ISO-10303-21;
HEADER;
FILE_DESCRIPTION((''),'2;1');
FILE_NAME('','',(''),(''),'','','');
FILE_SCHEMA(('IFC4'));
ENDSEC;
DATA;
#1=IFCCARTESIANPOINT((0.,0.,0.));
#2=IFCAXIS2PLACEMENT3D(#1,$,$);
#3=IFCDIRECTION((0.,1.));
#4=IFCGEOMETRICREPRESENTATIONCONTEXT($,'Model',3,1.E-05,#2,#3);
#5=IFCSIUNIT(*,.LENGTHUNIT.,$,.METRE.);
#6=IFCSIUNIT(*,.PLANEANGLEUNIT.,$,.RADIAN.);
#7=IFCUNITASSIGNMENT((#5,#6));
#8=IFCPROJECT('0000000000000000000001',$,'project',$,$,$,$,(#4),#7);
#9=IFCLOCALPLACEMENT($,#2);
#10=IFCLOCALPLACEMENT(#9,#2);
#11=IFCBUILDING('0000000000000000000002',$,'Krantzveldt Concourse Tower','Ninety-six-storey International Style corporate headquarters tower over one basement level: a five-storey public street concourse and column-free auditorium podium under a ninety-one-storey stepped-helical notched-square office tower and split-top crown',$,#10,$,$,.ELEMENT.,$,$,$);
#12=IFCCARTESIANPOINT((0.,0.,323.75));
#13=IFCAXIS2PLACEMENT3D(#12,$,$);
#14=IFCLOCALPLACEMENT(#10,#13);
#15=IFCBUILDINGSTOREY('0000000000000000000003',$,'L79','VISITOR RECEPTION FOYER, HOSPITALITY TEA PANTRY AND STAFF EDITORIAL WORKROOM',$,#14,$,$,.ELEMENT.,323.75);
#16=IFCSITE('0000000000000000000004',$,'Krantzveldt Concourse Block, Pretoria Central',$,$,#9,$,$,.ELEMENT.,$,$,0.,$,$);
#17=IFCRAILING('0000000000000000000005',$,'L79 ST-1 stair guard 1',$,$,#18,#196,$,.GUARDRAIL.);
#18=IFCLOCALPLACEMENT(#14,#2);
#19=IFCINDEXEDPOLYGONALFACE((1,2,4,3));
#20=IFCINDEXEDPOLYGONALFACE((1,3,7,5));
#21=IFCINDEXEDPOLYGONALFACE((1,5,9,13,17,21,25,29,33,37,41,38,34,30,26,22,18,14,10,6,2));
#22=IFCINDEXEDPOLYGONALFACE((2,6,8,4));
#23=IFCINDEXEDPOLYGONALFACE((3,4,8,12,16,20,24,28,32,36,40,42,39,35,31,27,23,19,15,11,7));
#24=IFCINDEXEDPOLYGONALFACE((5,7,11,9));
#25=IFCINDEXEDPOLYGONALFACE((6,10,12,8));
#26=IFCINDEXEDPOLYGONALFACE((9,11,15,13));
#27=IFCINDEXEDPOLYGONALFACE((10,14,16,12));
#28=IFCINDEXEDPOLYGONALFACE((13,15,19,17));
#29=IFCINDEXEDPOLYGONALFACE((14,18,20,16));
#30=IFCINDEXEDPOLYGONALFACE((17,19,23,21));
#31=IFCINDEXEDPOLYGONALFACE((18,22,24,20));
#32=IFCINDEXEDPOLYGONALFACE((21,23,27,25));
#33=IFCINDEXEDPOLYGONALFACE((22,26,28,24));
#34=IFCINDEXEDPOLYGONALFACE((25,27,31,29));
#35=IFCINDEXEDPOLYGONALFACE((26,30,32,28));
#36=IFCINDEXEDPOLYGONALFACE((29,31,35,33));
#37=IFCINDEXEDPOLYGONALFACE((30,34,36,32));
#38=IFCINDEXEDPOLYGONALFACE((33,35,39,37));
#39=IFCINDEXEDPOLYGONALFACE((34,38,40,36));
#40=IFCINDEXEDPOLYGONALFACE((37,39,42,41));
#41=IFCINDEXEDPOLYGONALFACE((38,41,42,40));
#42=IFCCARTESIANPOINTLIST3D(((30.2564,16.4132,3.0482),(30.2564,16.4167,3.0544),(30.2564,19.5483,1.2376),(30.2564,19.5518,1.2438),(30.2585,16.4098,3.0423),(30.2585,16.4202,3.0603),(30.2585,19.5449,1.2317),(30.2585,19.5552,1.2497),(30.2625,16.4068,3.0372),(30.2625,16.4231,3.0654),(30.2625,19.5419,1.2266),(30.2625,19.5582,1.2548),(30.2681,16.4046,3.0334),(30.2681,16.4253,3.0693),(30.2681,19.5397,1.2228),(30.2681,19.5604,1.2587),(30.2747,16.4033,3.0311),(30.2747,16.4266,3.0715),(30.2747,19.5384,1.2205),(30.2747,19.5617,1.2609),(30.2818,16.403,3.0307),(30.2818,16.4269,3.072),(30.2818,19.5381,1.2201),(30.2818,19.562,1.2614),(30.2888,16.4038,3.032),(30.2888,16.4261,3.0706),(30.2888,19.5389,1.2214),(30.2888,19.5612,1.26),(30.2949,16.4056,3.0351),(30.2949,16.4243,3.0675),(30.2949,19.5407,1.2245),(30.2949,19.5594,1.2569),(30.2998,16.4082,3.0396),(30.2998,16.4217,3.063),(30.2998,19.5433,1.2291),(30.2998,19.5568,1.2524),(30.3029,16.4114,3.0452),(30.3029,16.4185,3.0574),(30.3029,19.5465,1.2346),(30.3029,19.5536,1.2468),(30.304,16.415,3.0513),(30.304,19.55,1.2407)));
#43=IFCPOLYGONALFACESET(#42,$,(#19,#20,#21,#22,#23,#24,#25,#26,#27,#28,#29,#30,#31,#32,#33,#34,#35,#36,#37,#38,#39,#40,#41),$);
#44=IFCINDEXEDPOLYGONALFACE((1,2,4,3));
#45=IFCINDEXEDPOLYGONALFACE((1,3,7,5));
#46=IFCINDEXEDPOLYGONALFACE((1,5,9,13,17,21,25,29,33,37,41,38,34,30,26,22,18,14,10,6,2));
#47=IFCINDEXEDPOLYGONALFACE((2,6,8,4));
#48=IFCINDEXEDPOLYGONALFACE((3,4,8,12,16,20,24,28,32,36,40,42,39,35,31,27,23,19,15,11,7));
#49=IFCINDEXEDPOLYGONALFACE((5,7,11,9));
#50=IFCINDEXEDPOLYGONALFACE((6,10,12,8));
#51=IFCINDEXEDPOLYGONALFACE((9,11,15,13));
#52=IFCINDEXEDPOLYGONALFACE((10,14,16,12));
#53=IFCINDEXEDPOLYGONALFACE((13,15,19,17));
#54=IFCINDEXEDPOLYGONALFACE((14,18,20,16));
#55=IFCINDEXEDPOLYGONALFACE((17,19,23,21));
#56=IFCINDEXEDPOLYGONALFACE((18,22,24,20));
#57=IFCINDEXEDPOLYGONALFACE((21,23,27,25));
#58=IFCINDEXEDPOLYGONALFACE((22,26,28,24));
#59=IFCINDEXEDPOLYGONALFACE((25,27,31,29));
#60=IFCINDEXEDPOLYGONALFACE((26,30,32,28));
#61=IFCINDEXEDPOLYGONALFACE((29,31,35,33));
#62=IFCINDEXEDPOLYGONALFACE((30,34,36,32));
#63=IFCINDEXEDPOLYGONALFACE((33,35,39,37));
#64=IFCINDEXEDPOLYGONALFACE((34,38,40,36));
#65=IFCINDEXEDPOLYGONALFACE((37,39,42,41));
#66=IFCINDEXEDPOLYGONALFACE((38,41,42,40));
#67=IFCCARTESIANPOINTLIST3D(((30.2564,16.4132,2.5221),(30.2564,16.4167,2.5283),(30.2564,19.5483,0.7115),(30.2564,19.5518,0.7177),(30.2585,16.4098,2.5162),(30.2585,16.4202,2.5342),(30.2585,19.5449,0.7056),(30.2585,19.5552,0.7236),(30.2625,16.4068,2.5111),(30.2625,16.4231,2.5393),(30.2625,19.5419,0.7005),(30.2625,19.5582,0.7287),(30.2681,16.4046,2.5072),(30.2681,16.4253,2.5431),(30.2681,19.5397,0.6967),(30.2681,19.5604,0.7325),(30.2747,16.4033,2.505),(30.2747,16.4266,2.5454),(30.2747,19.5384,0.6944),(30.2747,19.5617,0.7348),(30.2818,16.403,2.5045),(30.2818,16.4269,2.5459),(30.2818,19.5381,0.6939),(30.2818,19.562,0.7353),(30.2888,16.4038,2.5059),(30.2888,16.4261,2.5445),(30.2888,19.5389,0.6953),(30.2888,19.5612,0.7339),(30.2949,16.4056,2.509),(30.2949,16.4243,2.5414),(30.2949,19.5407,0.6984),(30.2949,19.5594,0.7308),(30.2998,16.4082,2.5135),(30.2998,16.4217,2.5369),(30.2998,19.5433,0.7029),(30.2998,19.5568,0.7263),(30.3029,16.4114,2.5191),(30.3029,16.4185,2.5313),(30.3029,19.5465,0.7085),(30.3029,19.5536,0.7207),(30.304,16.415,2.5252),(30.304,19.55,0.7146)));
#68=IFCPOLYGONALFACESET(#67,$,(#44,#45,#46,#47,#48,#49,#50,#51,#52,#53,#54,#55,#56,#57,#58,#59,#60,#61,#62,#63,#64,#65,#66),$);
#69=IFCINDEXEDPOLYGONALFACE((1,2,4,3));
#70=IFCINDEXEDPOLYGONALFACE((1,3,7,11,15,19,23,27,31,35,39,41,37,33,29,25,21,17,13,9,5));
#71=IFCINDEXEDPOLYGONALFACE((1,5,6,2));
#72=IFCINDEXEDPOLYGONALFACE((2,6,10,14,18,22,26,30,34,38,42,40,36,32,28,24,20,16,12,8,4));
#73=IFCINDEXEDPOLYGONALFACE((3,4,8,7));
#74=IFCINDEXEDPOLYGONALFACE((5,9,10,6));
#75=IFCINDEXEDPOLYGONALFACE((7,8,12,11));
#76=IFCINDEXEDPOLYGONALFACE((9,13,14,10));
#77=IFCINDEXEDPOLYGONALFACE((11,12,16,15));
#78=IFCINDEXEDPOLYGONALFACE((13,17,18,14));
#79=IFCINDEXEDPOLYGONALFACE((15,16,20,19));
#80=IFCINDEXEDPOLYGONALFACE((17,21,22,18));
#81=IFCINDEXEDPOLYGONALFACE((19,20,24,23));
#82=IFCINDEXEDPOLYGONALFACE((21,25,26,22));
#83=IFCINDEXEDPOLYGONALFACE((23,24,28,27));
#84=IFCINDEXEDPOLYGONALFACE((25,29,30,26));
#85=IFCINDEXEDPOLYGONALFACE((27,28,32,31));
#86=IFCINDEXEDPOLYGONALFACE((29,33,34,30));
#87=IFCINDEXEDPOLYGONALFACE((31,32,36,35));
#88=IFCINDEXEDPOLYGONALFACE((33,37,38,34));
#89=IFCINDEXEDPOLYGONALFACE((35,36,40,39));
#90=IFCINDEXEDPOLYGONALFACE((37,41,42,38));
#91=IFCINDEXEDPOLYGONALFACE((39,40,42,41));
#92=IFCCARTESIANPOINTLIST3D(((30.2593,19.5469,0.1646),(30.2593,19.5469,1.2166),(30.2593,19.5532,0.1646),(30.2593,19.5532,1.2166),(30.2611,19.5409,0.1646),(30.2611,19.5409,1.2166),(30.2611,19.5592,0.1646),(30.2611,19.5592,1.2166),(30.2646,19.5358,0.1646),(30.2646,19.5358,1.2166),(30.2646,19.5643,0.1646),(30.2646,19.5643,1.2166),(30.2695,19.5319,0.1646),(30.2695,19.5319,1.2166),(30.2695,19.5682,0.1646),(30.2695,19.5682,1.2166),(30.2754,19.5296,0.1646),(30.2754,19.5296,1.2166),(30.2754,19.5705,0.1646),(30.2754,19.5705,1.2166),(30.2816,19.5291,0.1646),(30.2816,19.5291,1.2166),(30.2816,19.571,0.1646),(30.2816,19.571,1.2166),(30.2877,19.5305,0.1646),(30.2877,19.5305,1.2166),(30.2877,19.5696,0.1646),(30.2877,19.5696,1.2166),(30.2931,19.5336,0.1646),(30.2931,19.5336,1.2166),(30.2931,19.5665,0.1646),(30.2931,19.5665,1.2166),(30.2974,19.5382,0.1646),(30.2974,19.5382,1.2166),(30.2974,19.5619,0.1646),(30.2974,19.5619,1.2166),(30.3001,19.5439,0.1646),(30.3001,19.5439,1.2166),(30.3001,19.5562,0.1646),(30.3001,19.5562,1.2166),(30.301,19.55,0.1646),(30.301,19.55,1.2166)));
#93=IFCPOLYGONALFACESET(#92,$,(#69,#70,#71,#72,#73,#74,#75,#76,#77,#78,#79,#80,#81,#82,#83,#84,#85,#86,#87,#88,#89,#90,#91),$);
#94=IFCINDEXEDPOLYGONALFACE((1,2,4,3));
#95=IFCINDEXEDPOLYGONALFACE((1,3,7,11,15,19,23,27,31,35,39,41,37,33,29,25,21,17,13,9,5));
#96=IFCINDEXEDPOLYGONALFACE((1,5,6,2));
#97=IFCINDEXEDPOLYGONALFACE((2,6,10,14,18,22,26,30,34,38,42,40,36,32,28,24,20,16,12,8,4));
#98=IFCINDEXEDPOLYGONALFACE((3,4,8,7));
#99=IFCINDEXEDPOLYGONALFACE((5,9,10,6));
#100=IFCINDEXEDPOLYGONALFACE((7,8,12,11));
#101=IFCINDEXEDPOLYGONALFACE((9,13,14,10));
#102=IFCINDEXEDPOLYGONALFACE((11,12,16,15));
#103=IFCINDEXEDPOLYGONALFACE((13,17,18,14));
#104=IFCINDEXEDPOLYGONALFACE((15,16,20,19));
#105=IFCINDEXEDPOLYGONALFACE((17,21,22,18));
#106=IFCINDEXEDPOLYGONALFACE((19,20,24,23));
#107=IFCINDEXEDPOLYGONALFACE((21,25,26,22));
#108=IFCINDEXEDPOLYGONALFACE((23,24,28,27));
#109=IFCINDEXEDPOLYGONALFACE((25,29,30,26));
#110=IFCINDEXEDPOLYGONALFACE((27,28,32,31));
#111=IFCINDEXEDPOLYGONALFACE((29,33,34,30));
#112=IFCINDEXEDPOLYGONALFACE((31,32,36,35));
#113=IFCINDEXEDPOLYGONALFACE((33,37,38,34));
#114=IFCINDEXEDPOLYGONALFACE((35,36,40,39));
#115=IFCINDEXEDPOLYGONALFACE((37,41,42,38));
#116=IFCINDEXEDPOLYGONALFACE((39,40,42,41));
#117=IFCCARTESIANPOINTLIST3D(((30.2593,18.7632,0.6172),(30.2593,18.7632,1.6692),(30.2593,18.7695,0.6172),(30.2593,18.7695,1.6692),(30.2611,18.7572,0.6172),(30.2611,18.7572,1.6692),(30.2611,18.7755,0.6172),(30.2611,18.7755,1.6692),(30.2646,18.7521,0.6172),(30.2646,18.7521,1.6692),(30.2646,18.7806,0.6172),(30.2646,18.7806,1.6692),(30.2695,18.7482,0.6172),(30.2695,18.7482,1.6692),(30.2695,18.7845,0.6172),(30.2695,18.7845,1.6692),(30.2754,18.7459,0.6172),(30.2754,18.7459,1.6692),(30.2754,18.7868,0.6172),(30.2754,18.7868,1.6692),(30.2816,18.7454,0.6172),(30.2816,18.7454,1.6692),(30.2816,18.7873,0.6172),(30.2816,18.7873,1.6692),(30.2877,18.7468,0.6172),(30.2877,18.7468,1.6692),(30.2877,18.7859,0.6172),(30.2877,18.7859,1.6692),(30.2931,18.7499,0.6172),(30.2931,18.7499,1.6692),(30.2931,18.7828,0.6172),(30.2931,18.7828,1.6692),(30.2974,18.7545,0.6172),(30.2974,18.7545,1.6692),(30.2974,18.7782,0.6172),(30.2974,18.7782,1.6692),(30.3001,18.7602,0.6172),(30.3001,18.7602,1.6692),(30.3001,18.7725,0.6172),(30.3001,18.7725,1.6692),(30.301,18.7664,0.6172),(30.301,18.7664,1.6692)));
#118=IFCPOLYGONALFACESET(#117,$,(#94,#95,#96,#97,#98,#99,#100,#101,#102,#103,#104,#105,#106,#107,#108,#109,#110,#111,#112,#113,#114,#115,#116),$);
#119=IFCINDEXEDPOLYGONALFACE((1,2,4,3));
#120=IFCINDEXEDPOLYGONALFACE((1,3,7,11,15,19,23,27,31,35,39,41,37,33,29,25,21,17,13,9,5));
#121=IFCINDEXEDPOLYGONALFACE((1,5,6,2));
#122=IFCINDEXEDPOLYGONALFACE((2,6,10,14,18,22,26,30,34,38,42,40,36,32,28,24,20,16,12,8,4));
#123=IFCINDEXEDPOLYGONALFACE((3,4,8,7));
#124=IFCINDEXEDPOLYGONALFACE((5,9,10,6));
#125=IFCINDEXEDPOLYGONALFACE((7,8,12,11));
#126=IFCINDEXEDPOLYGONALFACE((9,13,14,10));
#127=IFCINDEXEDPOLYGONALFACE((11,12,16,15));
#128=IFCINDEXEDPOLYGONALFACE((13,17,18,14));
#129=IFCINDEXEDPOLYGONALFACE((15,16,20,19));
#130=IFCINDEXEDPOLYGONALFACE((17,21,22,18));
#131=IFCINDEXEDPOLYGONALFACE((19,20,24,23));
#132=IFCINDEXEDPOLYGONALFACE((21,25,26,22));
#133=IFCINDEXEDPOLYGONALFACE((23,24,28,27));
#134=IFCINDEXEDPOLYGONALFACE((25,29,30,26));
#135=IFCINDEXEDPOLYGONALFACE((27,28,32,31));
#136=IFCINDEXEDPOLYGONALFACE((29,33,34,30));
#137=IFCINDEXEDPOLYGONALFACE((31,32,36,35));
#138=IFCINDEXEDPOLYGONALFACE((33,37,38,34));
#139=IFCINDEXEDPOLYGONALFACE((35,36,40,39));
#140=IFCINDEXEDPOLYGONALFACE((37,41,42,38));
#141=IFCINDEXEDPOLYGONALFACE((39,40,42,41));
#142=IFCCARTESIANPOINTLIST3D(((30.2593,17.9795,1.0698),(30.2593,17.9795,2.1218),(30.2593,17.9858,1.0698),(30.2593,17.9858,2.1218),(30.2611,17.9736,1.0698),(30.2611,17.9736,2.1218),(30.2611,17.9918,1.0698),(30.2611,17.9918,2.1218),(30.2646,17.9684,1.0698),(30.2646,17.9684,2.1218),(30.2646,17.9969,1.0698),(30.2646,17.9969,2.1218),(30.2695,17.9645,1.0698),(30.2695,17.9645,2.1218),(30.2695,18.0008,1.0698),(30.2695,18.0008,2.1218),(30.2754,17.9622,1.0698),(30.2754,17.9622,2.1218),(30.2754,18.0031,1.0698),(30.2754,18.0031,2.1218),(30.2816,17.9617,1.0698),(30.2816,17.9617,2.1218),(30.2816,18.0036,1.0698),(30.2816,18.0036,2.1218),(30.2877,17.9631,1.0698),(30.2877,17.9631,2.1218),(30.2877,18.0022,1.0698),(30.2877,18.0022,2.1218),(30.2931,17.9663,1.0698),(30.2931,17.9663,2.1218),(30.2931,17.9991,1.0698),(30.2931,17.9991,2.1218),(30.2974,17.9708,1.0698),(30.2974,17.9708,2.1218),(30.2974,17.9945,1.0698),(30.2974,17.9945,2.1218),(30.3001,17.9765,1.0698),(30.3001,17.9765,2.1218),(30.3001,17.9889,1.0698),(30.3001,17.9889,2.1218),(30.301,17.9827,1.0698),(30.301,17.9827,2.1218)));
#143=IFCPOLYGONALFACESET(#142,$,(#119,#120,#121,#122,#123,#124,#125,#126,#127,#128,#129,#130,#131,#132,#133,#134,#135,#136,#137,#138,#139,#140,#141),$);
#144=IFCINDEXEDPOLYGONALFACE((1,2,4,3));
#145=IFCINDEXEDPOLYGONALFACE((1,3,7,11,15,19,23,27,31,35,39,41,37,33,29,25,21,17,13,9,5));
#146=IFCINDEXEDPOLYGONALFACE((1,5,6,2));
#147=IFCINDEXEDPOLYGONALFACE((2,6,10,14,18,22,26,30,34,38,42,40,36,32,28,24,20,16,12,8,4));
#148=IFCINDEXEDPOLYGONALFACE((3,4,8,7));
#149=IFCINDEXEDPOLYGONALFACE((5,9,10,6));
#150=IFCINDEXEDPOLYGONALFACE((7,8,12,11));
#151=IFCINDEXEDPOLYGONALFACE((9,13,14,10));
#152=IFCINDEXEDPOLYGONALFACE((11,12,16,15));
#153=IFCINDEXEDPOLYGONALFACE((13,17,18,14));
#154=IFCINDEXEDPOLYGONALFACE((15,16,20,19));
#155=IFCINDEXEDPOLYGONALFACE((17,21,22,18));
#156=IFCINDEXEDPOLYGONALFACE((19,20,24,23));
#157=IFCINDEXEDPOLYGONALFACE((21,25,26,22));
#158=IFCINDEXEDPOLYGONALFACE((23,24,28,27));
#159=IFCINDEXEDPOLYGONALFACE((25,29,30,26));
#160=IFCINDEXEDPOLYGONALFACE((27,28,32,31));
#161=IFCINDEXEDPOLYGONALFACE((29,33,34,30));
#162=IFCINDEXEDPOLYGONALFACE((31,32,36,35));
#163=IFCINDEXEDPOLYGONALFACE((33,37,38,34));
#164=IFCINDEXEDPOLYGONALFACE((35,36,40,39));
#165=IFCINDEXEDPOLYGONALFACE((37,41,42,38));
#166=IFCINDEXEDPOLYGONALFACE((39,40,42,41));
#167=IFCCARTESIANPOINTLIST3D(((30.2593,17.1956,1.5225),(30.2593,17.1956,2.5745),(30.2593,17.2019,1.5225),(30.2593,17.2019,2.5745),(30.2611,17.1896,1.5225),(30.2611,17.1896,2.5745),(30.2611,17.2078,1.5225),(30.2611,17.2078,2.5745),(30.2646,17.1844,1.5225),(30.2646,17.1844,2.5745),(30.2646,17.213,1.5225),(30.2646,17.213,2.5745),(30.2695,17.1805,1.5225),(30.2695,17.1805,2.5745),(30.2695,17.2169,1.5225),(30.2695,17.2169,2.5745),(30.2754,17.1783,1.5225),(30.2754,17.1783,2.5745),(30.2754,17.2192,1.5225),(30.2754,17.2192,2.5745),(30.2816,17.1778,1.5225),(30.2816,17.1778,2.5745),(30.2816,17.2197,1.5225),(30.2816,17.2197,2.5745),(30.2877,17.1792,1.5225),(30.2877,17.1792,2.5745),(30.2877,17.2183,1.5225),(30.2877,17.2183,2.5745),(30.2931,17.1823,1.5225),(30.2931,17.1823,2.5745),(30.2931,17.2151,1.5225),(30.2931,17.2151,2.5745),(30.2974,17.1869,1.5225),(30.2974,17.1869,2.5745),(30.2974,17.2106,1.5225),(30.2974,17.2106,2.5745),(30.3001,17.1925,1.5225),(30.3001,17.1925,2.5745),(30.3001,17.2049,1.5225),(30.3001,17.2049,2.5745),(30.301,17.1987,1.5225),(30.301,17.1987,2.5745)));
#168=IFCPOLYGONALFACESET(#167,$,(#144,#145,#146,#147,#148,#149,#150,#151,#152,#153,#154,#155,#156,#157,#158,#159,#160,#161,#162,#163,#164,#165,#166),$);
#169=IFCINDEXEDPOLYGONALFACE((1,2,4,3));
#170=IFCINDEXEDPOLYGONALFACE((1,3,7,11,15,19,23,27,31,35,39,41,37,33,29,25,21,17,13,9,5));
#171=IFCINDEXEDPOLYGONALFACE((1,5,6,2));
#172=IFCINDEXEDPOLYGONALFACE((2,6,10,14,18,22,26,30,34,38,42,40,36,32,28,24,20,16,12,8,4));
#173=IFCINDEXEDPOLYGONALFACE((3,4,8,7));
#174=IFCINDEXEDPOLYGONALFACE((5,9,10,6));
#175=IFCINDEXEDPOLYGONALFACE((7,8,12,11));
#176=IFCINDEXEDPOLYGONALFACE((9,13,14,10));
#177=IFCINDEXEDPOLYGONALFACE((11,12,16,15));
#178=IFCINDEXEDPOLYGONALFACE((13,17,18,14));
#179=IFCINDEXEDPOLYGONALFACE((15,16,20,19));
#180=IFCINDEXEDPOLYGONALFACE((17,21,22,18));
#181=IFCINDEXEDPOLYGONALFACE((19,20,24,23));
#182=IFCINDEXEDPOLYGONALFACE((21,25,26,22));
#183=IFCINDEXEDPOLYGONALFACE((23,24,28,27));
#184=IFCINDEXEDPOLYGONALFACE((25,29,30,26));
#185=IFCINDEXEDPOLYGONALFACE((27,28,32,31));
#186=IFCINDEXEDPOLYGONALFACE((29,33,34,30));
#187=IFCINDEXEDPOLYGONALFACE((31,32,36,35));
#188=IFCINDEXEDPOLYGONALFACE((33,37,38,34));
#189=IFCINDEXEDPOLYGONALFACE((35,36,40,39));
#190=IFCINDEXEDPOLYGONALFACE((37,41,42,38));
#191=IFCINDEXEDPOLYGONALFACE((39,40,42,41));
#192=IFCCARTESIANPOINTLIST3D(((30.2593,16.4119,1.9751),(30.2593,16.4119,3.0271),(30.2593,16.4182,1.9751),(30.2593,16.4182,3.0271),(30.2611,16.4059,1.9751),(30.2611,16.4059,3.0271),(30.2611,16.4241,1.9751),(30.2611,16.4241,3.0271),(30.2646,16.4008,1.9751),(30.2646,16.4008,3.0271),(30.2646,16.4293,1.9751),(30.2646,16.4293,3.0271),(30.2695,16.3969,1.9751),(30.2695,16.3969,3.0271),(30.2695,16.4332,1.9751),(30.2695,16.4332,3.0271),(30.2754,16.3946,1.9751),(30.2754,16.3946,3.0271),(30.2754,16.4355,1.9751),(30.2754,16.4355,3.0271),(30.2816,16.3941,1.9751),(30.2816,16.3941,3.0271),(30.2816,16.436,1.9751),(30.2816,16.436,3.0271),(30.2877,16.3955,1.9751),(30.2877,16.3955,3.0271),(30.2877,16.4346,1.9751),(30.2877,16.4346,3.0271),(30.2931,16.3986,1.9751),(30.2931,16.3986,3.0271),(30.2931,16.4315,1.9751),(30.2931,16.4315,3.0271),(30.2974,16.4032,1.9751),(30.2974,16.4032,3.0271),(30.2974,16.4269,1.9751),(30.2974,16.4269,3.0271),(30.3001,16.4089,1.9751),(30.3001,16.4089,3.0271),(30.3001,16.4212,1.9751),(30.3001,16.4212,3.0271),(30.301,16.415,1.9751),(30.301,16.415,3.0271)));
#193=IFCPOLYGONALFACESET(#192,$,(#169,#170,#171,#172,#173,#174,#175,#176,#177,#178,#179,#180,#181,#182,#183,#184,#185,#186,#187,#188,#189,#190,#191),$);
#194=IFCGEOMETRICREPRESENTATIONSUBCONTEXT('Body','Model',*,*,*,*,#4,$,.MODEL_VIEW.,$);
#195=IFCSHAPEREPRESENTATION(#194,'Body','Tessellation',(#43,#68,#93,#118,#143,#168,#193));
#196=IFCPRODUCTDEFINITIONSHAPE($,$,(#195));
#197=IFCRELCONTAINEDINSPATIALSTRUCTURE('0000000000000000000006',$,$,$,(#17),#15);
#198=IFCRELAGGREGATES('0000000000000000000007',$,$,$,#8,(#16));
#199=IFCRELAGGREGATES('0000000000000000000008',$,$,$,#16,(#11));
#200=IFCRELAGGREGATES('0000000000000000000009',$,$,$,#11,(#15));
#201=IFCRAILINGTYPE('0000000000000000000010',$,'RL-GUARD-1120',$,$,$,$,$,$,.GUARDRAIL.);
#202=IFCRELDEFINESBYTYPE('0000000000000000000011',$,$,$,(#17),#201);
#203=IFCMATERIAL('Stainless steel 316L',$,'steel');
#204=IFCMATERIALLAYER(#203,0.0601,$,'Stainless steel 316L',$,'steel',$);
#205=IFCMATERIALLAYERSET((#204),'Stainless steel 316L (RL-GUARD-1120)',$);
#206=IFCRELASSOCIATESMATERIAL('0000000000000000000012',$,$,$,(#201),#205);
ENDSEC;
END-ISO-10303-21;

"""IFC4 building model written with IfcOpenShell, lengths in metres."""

from ifc_helpers import new_model, si_unit, direction, frame, origin, origin_2d, place, context, subcontext, project, spatial, circle, extrude, material, layer, layer_set, type_object, element, save


model = new_model("IFC4")

# Units and contexts
model_context = context("Model", 3, precision=1e-05, world=origin(), true_north=direction((0.0, 1.0)))
body_context = subcontext(model_context, "Body", "Model", "MODEL_VIEW")
ifc_project = project(units=[si_unit("LENGTHUNIT", "METRE"), si_unit("PLANEANGLEUNIT", "RADIAN")], contexts=[model_context])

# Site, building, storey
site_placement = place(None, origin())
site = spatial("IfcSite", under=ifc_project, at=site_placement, Name="Krantzveldt Concourse Block, Pretoria Central", CompositionType="ELEMENT", RefElevation=0.0)
building_placement = place(site_placement, origin())
building = spatial("IfcBuilding", under=site, at=building_placement, Name="Krantzveldt Concourse Tower", Description="Ninety-six-storey International Style corporate headquarters tower over one basement level: a five-storey public street concourse and column-free auditorium podium under a ninety-one-storey stepped-helical notched-square office tower and split-top crown", CompositionType="ELEMENT")
storey_placement = place(building_placement, frame((0.0, 0.0, 323.75)))
storey = spatial("IfcBuildingStorey", under=building, at=storey_placement, Name="L79", Description="VISITOR RECEPTION FOYER, HOSPITALITY TEA PANTRY AND STAFF EDITORIAL WORKROOM", CompositionType="ELEMENT", Elevation=323.75)

# Shared definitions
ifc_material_1 = material(Name="Stainless steel 316L", Category="steel")

# Railing
ifc_layer_1 = layer(ifc_material_1, 0.0601, Name="Stainless steel 316L", Category="steel")
ifc_layer_set_1 = layer_set([ifc_layer_1], Name="Stainless steel 316L (RL-GUARD-1120)")
railing_type_1 = type_object("IfcRailingType", Name="RL-GUARD-1120", PredefinedType="GUARDRAIL", material=ifc_layer_set_1)
railing_1_placement = place(storey_placement, frame((30.28, 19.55, 0.1646)))
element("IfcRailing", 1, at=railing_1_placement, inside=storey, type_object=railing_type_1, Name="L79 ST-1 stair guard 1", PredefinedType="GUARDRAIL", context=body_context, shape_type="SweptSolid", body=[
    extrude(circle(Radius=0.0239, at=origin_2d()), frame((0.0, 0.0, 1.0762), z_axis=(0.0, -0.86596, 0.500114), x_axis=(1.0, 0.0, 0.0)), (0.0, 0.0, 1.0), 3.6204),
    extrude(circle(Radius=0.0239, at=origin_2d()), frame((0.0, 0.0, 0.55), z_axis=(0.0, -0.86596, 0.500114), x_axis=(1.0, 0.0, 0.0)), (0.0, 0.0, 1.0), 3.6204),
    extrude(circle(Radius=0.021, at=origin_2d()), origin(), (0.0, 0.0, 1.0), 1.052),
    extrude(circle(Radius=0.021, at=origin_2d()), frame((0.0, -0.7837, 0.4526)), (0.0, 0.0, 1.0), 1.052),
    extrude(circle(Radius=0.021, at=origin_2d()), frame((0.0, -1.5674, 0.9053)), (0.0, 0.0, 1.0), 1.052),
    extrude(circle(Radius=0.021, at=origin_2d()), frame((0.0, -2.3513, 1.3579)), (0.0, 0.0, 1.0), 1.052),
    extrude(circle(Radius=0.021, at=origin_2d()), frame((0.0, -3.135, 1.8105)), (0.0, 0.0, 1.0), 1.052),
])

save(model, "model.ifc")
